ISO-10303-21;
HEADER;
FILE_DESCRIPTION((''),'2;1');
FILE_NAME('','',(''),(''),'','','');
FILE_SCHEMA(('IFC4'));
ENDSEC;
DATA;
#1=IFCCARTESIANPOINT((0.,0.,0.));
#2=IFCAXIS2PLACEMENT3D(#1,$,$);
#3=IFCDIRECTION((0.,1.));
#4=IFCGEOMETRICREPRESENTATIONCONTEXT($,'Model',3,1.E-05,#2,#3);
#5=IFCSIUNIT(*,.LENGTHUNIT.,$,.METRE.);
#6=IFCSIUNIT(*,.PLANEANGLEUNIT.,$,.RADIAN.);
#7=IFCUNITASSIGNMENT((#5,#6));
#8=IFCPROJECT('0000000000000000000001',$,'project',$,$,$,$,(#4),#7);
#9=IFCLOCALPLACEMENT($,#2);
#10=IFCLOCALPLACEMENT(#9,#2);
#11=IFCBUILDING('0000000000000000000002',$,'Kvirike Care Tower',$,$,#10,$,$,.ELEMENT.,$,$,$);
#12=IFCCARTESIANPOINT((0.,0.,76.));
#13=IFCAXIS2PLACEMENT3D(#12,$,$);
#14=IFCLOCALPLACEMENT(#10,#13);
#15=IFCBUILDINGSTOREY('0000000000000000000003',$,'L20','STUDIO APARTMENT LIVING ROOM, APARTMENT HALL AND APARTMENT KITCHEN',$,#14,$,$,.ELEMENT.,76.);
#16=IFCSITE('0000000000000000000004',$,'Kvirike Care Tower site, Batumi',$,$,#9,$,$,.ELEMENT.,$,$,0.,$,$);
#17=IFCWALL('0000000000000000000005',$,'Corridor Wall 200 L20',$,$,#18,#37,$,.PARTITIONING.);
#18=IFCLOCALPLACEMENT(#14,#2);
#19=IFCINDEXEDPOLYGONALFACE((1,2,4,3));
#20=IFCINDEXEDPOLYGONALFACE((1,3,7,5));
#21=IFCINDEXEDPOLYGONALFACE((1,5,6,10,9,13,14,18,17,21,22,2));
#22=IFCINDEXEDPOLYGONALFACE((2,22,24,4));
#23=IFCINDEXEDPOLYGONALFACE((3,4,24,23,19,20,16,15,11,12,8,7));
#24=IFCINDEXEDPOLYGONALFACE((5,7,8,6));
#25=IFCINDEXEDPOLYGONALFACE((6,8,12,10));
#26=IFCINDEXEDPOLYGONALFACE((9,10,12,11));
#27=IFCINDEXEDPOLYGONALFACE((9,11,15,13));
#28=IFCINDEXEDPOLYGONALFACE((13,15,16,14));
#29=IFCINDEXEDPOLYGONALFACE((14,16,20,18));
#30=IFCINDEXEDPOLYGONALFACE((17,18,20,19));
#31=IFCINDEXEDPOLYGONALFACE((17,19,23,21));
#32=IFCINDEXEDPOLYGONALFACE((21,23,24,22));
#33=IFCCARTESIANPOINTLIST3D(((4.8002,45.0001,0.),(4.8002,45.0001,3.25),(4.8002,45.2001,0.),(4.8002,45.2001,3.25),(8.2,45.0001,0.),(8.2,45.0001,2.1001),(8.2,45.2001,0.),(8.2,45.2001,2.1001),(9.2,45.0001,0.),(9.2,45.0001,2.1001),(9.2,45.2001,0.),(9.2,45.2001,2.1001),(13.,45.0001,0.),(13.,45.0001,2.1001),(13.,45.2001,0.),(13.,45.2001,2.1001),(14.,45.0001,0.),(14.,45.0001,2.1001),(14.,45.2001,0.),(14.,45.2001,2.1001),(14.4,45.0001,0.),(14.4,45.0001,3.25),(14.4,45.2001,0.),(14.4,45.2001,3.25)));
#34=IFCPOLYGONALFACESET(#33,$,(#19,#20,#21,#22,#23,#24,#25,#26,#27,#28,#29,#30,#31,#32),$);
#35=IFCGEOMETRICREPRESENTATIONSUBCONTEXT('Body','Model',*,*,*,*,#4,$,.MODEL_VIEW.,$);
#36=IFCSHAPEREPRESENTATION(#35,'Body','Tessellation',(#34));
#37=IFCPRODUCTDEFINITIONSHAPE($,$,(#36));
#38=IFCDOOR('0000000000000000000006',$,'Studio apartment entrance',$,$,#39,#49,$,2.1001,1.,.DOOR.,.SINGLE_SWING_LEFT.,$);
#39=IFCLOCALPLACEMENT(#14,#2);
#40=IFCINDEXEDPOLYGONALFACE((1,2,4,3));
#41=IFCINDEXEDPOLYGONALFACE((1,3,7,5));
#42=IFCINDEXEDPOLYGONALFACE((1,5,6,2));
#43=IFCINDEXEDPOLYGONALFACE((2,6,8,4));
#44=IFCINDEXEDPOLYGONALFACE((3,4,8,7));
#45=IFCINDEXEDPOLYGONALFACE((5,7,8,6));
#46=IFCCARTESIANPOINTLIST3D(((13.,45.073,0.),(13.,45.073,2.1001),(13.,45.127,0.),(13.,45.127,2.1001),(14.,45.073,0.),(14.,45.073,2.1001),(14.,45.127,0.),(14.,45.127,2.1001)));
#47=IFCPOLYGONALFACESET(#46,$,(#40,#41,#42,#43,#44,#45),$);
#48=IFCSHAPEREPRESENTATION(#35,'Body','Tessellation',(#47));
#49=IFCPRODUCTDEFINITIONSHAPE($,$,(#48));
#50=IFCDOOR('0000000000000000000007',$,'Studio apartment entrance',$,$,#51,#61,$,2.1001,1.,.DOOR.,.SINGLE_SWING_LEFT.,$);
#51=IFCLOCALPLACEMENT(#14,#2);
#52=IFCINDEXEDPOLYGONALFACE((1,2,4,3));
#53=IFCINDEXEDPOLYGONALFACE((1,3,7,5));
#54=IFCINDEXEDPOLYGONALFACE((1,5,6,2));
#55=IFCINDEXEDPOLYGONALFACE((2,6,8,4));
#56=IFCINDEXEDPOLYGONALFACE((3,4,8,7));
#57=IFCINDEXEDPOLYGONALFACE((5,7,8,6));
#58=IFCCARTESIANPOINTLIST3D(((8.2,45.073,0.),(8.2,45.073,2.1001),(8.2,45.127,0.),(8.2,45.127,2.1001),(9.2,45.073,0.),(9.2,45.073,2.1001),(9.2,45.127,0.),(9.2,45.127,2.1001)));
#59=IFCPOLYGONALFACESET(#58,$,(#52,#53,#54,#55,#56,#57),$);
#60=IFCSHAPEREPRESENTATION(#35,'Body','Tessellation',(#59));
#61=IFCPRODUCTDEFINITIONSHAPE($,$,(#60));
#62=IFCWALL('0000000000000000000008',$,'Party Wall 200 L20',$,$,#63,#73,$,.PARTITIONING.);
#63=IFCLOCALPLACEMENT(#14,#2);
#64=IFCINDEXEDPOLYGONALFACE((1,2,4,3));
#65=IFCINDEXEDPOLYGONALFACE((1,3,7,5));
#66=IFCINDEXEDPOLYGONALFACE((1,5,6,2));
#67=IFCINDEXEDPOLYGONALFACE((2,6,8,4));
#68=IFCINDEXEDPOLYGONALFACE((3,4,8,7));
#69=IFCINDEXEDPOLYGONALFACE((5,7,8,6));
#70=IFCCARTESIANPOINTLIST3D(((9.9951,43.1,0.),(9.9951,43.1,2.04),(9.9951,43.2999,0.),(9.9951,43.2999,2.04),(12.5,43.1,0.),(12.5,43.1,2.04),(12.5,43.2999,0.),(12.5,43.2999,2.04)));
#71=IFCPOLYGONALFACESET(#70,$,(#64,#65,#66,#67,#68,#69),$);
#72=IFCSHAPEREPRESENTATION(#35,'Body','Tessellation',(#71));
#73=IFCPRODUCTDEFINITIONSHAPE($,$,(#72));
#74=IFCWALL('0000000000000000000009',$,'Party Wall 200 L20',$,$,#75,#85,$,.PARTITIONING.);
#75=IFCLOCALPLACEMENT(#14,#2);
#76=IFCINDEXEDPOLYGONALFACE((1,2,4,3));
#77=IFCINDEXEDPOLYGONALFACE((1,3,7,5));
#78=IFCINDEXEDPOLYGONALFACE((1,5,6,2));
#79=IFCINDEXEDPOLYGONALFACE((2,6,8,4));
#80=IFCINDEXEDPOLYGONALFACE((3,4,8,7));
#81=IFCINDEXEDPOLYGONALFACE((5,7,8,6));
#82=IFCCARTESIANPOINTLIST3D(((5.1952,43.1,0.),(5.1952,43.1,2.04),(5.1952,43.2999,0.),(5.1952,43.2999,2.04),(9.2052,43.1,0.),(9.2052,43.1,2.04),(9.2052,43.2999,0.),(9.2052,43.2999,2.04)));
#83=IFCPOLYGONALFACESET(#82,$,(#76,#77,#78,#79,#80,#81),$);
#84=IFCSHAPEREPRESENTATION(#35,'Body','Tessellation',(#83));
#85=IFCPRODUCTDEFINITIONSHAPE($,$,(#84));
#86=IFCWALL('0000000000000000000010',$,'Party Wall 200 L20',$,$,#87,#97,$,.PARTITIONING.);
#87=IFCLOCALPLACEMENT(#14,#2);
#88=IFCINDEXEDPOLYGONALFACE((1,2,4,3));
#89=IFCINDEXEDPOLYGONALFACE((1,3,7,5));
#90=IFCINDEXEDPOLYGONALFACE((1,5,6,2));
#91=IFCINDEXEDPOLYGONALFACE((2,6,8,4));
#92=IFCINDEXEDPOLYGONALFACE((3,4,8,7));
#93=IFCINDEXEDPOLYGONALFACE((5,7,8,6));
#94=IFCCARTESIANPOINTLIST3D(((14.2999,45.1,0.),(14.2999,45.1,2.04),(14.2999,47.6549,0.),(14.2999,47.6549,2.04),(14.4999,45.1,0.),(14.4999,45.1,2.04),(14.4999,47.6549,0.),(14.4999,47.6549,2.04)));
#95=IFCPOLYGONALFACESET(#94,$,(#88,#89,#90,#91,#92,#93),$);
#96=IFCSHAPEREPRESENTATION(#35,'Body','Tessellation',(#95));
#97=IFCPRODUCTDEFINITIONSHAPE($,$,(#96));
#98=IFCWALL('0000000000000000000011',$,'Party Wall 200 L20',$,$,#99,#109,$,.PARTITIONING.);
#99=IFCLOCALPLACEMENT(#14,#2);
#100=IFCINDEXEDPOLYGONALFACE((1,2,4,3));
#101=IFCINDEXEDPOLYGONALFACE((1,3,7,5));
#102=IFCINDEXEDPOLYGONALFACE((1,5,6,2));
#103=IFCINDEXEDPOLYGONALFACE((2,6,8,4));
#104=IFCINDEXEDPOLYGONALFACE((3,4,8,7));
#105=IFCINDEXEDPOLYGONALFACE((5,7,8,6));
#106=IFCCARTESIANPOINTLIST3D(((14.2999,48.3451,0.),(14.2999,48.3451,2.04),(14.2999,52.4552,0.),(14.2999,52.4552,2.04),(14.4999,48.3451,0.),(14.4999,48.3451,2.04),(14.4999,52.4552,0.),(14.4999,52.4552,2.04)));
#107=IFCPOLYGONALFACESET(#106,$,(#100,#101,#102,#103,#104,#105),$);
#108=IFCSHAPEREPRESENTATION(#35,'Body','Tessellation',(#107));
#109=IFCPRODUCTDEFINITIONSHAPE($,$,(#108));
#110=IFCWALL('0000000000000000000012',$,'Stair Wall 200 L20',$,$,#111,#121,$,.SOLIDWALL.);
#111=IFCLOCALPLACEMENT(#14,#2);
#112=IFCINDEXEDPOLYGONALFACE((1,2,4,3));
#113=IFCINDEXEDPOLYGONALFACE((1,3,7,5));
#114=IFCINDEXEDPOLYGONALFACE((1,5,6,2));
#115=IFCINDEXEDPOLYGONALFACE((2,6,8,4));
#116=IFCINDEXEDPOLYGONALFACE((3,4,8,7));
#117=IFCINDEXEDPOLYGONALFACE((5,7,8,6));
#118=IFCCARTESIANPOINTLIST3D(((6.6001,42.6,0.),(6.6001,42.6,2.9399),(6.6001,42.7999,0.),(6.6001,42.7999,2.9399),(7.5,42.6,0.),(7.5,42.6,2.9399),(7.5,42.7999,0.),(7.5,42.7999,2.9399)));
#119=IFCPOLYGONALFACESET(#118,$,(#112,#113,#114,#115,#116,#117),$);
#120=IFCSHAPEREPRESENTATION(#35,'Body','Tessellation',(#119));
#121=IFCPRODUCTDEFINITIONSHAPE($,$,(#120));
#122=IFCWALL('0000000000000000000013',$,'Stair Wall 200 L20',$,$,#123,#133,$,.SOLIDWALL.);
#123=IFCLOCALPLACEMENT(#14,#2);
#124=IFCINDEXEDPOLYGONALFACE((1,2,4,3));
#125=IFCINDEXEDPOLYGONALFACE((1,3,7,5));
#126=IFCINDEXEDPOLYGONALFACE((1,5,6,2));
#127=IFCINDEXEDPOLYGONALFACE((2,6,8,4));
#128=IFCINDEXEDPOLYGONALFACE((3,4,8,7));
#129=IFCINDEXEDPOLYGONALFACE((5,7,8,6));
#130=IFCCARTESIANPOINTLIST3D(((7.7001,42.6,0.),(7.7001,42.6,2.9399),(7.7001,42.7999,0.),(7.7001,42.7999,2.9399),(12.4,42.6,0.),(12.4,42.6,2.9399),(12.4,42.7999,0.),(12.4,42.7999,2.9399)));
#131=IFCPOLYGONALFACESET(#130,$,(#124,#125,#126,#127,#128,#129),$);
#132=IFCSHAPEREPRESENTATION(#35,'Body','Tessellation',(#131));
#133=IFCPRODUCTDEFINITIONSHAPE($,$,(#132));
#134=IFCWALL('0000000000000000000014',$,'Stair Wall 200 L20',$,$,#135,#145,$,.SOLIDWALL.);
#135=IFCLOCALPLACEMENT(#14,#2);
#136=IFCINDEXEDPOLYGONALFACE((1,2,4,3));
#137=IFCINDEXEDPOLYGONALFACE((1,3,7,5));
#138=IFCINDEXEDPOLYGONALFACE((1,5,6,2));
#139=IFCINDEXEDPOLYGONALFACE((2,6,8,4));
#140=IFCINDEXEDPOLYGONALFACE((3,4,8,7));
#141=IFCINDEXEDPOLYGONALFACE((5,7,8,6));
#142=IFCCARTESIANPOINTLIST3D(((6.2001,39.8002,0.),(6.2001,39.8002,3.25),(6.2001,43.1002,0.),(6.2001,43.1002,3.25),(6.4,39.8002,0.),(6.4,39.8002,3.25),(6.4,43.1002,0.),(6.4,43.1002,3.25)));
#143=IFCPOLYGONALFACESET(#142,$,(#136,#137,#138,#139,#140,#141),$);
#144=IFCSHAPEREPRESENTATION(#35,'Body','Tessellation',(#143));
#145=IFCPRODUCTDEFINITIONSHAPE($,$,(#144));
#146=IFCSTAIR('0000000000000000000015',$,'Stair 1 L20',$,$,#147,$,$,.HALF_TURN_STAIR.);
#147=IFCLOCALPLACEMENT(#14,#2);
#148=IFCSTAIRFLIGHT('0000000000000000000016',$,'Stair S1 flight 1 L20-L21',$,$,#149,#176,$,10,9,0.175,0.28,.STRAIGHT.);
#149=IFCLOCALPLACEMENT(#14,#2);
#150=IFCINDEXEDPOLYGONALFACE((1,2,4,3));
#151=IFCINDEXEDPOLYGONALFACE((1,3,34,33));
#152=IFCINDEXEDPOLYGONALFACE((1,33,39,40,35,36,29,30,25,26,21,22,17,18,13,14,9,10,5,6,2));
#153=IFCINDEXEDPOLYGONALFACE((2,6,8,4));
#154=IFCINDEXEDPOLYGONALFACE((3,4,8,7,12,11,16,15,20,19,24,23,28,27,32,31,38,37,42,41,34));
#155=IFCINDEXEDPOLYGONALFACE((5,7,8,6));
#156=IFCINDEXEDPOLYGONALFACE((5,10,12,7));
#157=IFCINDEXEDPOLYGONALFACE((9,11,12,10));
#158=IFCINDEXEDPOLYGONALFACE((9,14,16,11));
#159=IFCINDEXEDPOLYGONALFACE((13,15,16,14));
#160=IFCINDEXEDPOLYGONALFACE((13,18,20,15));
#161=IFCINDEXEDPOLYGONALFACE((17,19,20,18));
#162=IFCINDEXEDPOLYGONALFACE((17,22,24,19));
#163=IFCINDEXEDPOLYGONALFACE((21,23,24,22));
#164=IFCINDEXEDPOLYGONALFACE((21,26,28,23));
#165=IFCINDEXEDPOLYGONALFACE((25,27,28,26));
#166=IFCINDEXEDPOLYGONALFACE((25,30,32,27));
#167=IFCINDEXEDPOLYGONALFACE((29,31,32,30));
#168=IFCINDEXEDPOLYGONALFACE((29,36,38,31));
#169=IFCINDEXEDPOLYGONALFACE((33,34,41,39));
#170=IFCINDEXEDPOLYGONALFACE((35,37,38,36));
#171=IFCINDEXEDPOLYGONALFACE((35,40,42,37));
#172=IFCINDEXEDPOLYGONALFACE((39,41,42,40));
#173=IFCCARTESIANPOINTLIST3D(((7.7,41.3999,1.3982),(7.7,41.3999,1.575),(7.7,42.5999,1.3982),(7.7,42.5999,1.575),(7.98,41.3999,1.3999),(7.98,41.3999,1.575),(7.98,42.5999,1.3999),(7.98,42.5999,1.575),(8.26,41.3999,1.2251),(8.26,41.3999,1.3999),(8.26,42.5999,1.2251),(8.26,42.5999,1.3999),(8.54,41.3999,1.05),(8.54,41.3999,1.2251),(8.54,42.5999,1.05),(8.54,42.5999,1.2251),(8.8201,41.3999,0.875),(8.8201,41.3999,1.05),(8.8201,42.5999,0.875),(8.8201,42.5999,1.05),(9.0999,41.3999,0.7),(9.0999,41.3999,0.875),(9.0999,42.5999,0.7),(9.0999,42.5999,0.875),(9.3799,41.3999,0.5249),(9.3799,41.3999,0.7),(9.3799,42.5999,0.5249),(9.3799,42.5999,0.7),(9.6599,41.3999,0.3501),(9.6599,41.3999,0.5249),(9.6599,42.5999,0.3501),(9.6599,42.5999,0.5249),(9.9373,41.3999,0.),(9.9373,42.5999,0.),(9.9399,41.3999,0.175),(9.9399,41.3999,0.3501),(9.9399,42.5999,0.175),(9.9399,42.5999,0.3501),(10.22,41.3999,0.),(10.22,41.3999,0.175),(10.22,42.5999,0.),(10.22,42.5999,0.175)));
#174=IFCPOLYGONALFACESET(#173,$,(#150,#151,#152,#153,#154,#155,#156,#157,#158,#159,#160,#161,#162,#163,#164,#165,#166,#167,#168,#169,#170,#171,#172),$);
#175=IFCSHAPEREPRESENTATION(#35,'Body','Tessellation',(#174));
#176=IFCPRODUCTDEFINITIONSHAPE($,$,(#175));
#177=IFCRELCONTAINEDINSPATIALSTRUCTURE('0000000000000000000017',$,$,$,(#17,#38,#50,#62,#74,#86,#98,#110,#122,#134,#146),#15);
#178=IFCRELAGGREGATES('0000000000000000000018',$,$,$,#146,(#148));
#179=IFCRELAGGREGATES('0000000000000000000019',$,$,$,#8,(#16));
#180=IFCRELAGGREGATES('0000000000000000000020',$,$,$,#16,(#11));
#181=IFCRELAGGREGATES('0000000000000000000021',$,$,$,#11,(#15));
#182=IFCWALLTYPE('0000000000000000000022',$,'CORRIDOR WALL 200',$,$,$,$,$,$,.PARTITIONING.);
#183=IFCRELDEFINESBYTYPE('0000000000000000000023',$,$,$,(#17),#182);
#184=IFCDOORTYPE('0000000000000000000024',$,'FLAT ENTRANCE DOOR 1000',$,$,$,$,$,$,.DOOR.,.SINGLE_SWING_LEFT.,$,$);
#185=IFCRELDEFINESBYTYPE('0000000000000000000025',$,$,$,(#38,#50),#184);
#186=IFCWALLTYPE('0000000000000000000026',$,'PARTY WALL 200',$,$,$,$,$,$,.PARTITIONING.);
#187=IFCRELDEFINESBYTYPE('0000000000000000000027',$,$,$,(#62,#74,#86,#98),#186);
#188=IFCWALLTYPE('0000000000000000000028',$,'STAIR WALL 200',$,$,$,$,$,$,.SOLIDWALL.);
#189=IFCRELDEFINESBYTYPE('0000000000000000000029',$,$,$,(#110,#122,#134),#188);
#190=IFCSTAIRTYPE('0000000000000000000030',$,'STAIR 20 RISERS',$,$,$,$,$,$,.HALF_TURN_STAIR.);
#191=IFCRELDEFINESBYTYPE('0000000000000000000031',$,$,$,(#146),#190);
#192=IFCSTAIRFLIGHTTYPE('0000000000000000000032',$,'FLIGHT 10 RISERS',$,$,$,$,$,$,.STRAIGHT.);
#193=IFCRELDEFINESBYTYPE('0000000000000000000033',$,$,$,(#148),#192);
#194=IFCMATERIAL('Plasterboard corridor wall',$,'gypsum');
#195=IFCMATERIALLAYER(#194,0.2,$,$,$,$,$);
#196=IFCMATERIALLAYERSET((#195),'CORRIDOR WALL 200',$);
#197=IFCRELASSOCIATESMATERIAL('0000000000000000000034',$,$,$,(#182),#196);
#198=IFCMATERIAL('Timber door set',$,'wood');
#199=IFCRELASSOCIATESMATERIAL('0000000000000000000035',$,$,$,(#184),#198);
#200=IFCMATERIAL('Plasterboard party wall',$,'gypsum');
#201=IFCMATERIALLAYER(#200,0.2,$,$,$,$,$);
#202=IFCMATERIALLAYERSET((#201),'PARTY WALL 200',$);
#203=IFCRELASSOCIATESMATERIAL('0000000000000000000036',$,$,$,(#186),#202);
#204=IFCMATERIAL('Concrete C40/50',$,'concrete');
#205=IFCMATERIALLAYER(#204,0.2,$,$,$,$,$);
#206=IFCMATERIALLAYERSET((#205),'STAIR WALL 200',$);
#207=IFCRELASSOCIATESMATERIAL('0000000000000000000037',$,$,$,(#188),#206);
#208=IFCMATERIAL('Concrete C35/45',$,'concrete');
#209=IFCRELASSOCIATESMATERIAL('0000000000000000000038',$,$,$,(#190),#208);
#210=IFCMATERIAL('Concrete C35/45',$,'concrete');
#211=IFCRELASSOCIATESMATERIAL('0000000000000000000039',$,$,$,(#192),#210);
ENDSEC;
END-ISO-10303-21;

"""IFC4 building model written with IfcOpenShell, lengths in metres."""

from ifc_helpers import new_model, si_unit, direction, frame, frame_2d, origin, place, context, subcontext, project, spatial, polyline, rectangle, outline, extrude, material, layer, layer_set, type_object, element, fill, aggregate, save


model = new_model("IFC4")

# Units and contexts
model_context = context("Model", 3, precision=1e-05, world=origin(), true_north=direction((0.0, 1.0)))
body_context = subcontext(model_context, "Body", "Model", "MODEL_VIEW")
ifc_project = project(units=[si_unit("LENGTHUNIT", "METRE"), si_unit("PLANEANGLEUNIT", "RADIAN")], contexts=[model_context])

# Site, building, storey
site_placement = place(None, origin())
site = spatial("IfcSite", under=ifc_project, at=site_placement, Name="Kvirike Care Tower site, Batumi", CompositionType="ELEMENT", RefElevation=0.0)
building_placement = place(site_placement, origin())
building = spatial("IfcBuilding", under=site, at=building_placement, Name="Kvirike Care Tower", CompositionType="ELEMENT")
storey_placement = place(building_placement, frame((0.0, 0.0, 76.0)))
storey = spatial("IfcBuildingStorey", under=building, at=storey_placement, Name="L20", Description="STUDIO APARTMENT LIVING ROOM, APARTMENT HALL AND APARTMENT KITCHEN", CompositionType="ELEMENT", Elevation=76.0)

# Wall, openings, doors
ifc_material_1 = material(Name="Plasterboard corridor wall", Category="gypsum")
ifc_layer_1 = layer(ifc_material_1, 0.2)
ifc_layer_set_1 = layer_set([ifc_layer_1], Name="CORRIDOR WALL 200")
wall_type_1 = type_object("IfcWallType", Name="CORRIDOR WALL 200", PredefinedType="PARTITIONING", material=ifc_layer_set_1)
wall_1_placement = place(storey_placement, frame((14.3999, 45.1001, 0.0), z_axis=(0.0, 0.0, 1.0), x_axis=(-1.0, 0.0, 0.0)))
wall_1 = element("IfcWall", 1, at=wall_1_placement, inside=storey, type_object=wall_type_1, Name="Corridor Wall 200 L20", PredefinedType="PARTITIONING", context=body_context, shape_type="SweptSolid", body=[
    extrude(rectangle(XDim=9.5999, YDim=0.2, at=frame_2d((4.7998, 0.0))), origin(), (0.0, 0.0, 1.0), 3.25),
])
opening_1_placement = place(wall_1_placement, frame((0.3999, 0.0, 0.0)))
opening_1 = element("IfcOpeningElement", 2, at=opening_1_placement, cuts=wall_1, PredefinedType="OPENING", context=body_context, shape_type="SweptSolid", body=[
    extrude(rectangle(XDim=1.0, YDim=2.1001, at=frame_2d((0.5, 1.05))), frame((0.0, 0.1106, 0.0), z_axis=(0.0, -1.0, 0.0), x_axis=(1.0, 0.0, 0.0)), (0.0, 0.0, 1.0), 0.2209),
])
opening_2_placement = place(wall_1_placement, frame((5.2, 0.0, 0.0)))
opening_2 = element("IfcOpeningElement", 3, at=opening_2_placement, cuts=wall_1, PredefinedType="OPENING", context=body_context, shape_type="SweptSolid", body=[
    extrude(rectangle(XDim=1.0, YDim=2.1001, at=frame_2d((0.5, 1.05))), frame((0.0, 0.1106, 0.0), z_axis=(0.0, -1.0, 0.0), x_axis=(1.0, 0.0, 0.0)), (0.0, 0.0, 1.0), 0.2209),
])
ifc_material_2 = material(Name="Timber door set", Category="wood")
door_type_1 = type_object("IfcDoorType", Name="FLAT ENTRANCE DOOR 1000", OperationType="SINGLE_SWING_LEFT", PredefinedType="DOOR", material=ifc_material_2)
door_1_placement = place(opening_1_placement, frame((1.0, 0.0, 0.0), z_axis=(0.0, 0.0, 1.0), x_axis=(-1.0, 0.0, 0.0)))
door_1 = element("IfcDoor", 4, at=door_1_placement, inside=storey, type_object=door_type_1, Name="Studio apartment entrance", OperationType="SINGLE_SWING_LEFT", OverallHeight=2.1001, OverallWidth=1.0, PredefinedType="DOOR", context=body_context, shape_type="SweptSolid", body=[
    extrude(rectangle(XDim=1.0, YDim=2.1001, at=frame_2d((0.5, 1.05))), frame((0.0, 0.0269, 0.0), z_axis=(0.0, -1.0, 0.0), x_axis=(1.0, 0.0, 0.0)), (0.0, 0.0, 1.0), 0.054),
])
fill(opening_1, door_1)
door_2_placement = place(opening_2_placement, frame((1.0, 0.0, 0.0), z_axis=(0.0, 0.0, 1.0), x_axis=(-1.0, 0.0, 0.0)))
door_2 = element("IfcDoor", 5, at=door_2_placement, inside=storey, type_object=door_type_1, Name="Studio apartment entrance", OperationType="SINGLE_SWING_LEFT", OverallHeight=2.1001, OverallWidth=1.0, PredefinedType="DOOR", context=body_context, shape_type="SweptSolid", body=[
    extrude(rectangle(XDim=1.0, YDim=2.1001, at=frame_2d((0.5, 1.05))), frame((0.0, 0.0269, 0.0), z_axis=(0.0, -1.0, 0.0), x_axis=(1.0, 0.0, 0.0)), (0.0, 0.0, 1.0), 0.054),
])
fill(opening_2, door_2)

# Walls
ifc_material_3 = material(Name="Plasterboard party wall", Category="gypsum")
ifc_layer_2 = layer(ifc_material_3, 0.2)
ifc_layer_set_2 = layer_set([ifc_layer_2], Name="PARTY WALL 200")
wall_type_2 = type_object("IfcWallType", Name="PARTY WALL 200", PredefinedType="PARTITIONING", material=ifc_layer_set_2)
wall_2_placement = place(storey_placement, frame((12.5, 43.2, 0.0), z_axis=(0.0, 0.0, 1.0), x_axis=(-1.0, 0.0, 0.0)))
element("IfcWall", 6, at=wall_2_placement, inside=storey, type_object=wall_type_2, Name="Party Wall 200 L20", PredefinedType="PARTITIONING", context=body_context, shape_type="SweptSolid", body=[
    extrude(rectangle(XDim=2.5049, YDim=0.2, at=frame_2d((1.2524, 0.0))), origin(), (0.0, 0.0, 1.0), 2.04),
])
wall_3_placement = place(storey_placement, frame((9.2051, 43.2, 0.0), z_axis=(0.0, 0.0, 1.0), x_axis=(-1.0, 0.0, 0.0)))
element("IfcWall", 7, at=wall_3_placement, inside=storey, type_object=wall_type_2, Name="Party Wall 200 L20", PredefinedType="PARTITIONING", context=body_context, shape_type="SweptSolid", body=[
    extrude(rectangle(XDim=4.01, YDim=0.2, at=frame_2d((2.0049, 0.0))), origin(), (0.0, 0.0, 1.0), 2.04),
])
wall_4_placement = place(storey_placement, frame((14.3999, 45.1001, 0.0), z_axis=(0.0, 0.0, 1.0), x_axis=(0.0, 1.0, 0.0)))
element("IfcWall", 8, at=wall_4_placement, inside=storey, type_object=wall_type_2, Name="Party Wall 200 L20", PredefinedType="PARTITIONING", context=body_context, shape_type="SweptSolid", body=[
    extrude(rectangle(XDim=2.5549, YDim=0.2, at=frame_2d((1.2773, 0.0))), origin(), (0.0, 0.0, 1.0), 2.04),
])
wall_5_placement = place(storey_placement, frame((14.3999, 48.345, 0.0), z_axis=(0.0, 0.0, 1.0), x_axis=(0.0, 1.0, 0.0)))
element("IfcWall", 9, at=wall_5_placement, inside=storey, type_object=wall_type_2, Name="Party Wall 200 L20", PredefinedType="PARTITIONING", context=body_context, shape_type="SweptSolid", body=[
    extrude(rectangle(XDim=4.1101, YDim=0.2, at=frame_2d((2.0552, 0.0))), origin(), (0.0, 0.0, 1.0), 2.04),
])
ifc_material_4 = material(Name="Concrete C40/50", Category="concrete")
ifc_layer_3 = layer(ifc_material_4, 0.2)
ifc_layer_set_3 = layer_set([ifc_layer_3], Name="STAIR WALL 200")
wall_type_3 = type_object("IfcWallType", Name="STAIR WALL 200", PredefinedType="SOLIDWALL", material=ifc_layer_set_3)
wall_6_placement = place(storey_placement, frame((6.6001, 42.7, 0.0), z_axis=(0.0, 0.0, 1.0), x_axis=(1.0, 0.0, 0.0)))
element("IfcWall", 10, at=wall_6_placement, inside=storey, type_object=wall_type_3, Name="Stair Wall 200 L20", PredefinedType="SOLIDWALL", context=body_context, shape_type="SweptSolid", body=[
    extrude(rectangle(XDim=0.8999, YDim=0.2, at=frame_2d((0.45, 0.0))), origin(), (0.0, 0.0, 1.0), 2.9399),
])
wall_7_placement = place(storey_placement, frame((7.7, 42.7, 0.0), z_axis=(0.0, 0.0, 1.0), x_axis=(1.0, 0.0, 0.0)))
element("IfcWall", 11, at=wall_7_placement, inside=storey, type_object=wall_type_3, Name="Stair Wall 200 L20", PredefinedType="SOLIDWALL", context=body_context, shape_type="SweptSolid", body=[
    extrude(rectangle(XDim=4.7, YDim=0.2, at=frame_2d((2.3501, 0.0))), origin(), (0.0, 0.0, 1.0), 2.9399),
])
wall_8_placement = place(storey_placement, frame((6.3, 43.1001, 0.0), z_axis=(0.0, 0.0, 1.0), x_axis=(0.0, -1.0, 0.0)))
element("IfcWall", 12, at=wall_8_placement, inside=storey, type_object=wall_type_3, Name="Stair Wall 200 L20", PredefinedType="SOLIDWALL", context=body_context, shape_type="SweptSolid", body=[
    extrude(rectangle(XDim=3.3, YDim=0.2, at=frame_2d((1.6499, 0.0))), origin(), (0.0, 0.0, 1.0), 3.25),
])

# Stair, stair flight
ifc_material_5 = material(Name="Concrete C35/45", Category="concrete")
stair_type = type_object("IfcStairType", Name="STAIR 20 RISERS", PredefinedType="HALF_TURN_STAIR", material=ifc_material_5)
stair_placement = place(storey_placement, origin())
stair = element("IfcStair", 13, at=stair_placement, inside=storey, type_object=stair_type, Name="Stair 1 L20", PredefinedType="HALF_TURN_STAIR")
ifc_material_6 = material(Name="Concrete C35/45", Category="concrete")
stair_flight_type = type_object("IfcStairFlightType", Name="FLIGHT 10 RISERS", PredefinedType="STRAIGHT", material=ifc_material_6)
stair_flight_placement = place(storey_placement, frame((10.22, 42.0, 0.0), z_axis=(0.0, 0.0, 1.0), x_axis=(-1.0, 0.0, 0.0)))
stair_flight = element("IfcStairFlight", 14, at=stair_flight_placement, type_object=stair_flight_type, Name="Stair S1 flight 1 L20-L21", NumberOfRisers=10, NumberOfTreads=9, PredefinedType="STRAIGHT", RiserHeight=0.175, TreadLength=0.28, context=body_context, shape_type="SweptSolid", body=[
    extrude(outline(polyline([(0.0, 0.0), (0.0, 0.175), (0.28, 0.175), (0.28, 0.3501), (0.5601, 0.3501), (0.5601, 0.5249), (0.8401, 0.5249), (0.8401, 0.7), (1.1201, 0.7), (1.1201, 0.875), (1.3999, 0.875), (1.3999, 1.05), (1.6799, 1.05), (1.6799, 1.2251), (1.96, 1.2251), (1.96, 1.3999), (2.24, 1.3999), (2.24, 1.575), (2.52, 1.575), (2.52, 1.75), (2.52, 1.3982), (0.2827, 0.0), (0.0, 0.0)])), frame((0.0, 0.6001, 0.0), z_axis=(0.0, -1.0, 0.0), x_axis=(1.0, 0.0, 0.0)), (0.0, 0.0, 1.0), 1.2),
])
aggregate(stair, [stair_flight])

save(model, "model.ifc")
